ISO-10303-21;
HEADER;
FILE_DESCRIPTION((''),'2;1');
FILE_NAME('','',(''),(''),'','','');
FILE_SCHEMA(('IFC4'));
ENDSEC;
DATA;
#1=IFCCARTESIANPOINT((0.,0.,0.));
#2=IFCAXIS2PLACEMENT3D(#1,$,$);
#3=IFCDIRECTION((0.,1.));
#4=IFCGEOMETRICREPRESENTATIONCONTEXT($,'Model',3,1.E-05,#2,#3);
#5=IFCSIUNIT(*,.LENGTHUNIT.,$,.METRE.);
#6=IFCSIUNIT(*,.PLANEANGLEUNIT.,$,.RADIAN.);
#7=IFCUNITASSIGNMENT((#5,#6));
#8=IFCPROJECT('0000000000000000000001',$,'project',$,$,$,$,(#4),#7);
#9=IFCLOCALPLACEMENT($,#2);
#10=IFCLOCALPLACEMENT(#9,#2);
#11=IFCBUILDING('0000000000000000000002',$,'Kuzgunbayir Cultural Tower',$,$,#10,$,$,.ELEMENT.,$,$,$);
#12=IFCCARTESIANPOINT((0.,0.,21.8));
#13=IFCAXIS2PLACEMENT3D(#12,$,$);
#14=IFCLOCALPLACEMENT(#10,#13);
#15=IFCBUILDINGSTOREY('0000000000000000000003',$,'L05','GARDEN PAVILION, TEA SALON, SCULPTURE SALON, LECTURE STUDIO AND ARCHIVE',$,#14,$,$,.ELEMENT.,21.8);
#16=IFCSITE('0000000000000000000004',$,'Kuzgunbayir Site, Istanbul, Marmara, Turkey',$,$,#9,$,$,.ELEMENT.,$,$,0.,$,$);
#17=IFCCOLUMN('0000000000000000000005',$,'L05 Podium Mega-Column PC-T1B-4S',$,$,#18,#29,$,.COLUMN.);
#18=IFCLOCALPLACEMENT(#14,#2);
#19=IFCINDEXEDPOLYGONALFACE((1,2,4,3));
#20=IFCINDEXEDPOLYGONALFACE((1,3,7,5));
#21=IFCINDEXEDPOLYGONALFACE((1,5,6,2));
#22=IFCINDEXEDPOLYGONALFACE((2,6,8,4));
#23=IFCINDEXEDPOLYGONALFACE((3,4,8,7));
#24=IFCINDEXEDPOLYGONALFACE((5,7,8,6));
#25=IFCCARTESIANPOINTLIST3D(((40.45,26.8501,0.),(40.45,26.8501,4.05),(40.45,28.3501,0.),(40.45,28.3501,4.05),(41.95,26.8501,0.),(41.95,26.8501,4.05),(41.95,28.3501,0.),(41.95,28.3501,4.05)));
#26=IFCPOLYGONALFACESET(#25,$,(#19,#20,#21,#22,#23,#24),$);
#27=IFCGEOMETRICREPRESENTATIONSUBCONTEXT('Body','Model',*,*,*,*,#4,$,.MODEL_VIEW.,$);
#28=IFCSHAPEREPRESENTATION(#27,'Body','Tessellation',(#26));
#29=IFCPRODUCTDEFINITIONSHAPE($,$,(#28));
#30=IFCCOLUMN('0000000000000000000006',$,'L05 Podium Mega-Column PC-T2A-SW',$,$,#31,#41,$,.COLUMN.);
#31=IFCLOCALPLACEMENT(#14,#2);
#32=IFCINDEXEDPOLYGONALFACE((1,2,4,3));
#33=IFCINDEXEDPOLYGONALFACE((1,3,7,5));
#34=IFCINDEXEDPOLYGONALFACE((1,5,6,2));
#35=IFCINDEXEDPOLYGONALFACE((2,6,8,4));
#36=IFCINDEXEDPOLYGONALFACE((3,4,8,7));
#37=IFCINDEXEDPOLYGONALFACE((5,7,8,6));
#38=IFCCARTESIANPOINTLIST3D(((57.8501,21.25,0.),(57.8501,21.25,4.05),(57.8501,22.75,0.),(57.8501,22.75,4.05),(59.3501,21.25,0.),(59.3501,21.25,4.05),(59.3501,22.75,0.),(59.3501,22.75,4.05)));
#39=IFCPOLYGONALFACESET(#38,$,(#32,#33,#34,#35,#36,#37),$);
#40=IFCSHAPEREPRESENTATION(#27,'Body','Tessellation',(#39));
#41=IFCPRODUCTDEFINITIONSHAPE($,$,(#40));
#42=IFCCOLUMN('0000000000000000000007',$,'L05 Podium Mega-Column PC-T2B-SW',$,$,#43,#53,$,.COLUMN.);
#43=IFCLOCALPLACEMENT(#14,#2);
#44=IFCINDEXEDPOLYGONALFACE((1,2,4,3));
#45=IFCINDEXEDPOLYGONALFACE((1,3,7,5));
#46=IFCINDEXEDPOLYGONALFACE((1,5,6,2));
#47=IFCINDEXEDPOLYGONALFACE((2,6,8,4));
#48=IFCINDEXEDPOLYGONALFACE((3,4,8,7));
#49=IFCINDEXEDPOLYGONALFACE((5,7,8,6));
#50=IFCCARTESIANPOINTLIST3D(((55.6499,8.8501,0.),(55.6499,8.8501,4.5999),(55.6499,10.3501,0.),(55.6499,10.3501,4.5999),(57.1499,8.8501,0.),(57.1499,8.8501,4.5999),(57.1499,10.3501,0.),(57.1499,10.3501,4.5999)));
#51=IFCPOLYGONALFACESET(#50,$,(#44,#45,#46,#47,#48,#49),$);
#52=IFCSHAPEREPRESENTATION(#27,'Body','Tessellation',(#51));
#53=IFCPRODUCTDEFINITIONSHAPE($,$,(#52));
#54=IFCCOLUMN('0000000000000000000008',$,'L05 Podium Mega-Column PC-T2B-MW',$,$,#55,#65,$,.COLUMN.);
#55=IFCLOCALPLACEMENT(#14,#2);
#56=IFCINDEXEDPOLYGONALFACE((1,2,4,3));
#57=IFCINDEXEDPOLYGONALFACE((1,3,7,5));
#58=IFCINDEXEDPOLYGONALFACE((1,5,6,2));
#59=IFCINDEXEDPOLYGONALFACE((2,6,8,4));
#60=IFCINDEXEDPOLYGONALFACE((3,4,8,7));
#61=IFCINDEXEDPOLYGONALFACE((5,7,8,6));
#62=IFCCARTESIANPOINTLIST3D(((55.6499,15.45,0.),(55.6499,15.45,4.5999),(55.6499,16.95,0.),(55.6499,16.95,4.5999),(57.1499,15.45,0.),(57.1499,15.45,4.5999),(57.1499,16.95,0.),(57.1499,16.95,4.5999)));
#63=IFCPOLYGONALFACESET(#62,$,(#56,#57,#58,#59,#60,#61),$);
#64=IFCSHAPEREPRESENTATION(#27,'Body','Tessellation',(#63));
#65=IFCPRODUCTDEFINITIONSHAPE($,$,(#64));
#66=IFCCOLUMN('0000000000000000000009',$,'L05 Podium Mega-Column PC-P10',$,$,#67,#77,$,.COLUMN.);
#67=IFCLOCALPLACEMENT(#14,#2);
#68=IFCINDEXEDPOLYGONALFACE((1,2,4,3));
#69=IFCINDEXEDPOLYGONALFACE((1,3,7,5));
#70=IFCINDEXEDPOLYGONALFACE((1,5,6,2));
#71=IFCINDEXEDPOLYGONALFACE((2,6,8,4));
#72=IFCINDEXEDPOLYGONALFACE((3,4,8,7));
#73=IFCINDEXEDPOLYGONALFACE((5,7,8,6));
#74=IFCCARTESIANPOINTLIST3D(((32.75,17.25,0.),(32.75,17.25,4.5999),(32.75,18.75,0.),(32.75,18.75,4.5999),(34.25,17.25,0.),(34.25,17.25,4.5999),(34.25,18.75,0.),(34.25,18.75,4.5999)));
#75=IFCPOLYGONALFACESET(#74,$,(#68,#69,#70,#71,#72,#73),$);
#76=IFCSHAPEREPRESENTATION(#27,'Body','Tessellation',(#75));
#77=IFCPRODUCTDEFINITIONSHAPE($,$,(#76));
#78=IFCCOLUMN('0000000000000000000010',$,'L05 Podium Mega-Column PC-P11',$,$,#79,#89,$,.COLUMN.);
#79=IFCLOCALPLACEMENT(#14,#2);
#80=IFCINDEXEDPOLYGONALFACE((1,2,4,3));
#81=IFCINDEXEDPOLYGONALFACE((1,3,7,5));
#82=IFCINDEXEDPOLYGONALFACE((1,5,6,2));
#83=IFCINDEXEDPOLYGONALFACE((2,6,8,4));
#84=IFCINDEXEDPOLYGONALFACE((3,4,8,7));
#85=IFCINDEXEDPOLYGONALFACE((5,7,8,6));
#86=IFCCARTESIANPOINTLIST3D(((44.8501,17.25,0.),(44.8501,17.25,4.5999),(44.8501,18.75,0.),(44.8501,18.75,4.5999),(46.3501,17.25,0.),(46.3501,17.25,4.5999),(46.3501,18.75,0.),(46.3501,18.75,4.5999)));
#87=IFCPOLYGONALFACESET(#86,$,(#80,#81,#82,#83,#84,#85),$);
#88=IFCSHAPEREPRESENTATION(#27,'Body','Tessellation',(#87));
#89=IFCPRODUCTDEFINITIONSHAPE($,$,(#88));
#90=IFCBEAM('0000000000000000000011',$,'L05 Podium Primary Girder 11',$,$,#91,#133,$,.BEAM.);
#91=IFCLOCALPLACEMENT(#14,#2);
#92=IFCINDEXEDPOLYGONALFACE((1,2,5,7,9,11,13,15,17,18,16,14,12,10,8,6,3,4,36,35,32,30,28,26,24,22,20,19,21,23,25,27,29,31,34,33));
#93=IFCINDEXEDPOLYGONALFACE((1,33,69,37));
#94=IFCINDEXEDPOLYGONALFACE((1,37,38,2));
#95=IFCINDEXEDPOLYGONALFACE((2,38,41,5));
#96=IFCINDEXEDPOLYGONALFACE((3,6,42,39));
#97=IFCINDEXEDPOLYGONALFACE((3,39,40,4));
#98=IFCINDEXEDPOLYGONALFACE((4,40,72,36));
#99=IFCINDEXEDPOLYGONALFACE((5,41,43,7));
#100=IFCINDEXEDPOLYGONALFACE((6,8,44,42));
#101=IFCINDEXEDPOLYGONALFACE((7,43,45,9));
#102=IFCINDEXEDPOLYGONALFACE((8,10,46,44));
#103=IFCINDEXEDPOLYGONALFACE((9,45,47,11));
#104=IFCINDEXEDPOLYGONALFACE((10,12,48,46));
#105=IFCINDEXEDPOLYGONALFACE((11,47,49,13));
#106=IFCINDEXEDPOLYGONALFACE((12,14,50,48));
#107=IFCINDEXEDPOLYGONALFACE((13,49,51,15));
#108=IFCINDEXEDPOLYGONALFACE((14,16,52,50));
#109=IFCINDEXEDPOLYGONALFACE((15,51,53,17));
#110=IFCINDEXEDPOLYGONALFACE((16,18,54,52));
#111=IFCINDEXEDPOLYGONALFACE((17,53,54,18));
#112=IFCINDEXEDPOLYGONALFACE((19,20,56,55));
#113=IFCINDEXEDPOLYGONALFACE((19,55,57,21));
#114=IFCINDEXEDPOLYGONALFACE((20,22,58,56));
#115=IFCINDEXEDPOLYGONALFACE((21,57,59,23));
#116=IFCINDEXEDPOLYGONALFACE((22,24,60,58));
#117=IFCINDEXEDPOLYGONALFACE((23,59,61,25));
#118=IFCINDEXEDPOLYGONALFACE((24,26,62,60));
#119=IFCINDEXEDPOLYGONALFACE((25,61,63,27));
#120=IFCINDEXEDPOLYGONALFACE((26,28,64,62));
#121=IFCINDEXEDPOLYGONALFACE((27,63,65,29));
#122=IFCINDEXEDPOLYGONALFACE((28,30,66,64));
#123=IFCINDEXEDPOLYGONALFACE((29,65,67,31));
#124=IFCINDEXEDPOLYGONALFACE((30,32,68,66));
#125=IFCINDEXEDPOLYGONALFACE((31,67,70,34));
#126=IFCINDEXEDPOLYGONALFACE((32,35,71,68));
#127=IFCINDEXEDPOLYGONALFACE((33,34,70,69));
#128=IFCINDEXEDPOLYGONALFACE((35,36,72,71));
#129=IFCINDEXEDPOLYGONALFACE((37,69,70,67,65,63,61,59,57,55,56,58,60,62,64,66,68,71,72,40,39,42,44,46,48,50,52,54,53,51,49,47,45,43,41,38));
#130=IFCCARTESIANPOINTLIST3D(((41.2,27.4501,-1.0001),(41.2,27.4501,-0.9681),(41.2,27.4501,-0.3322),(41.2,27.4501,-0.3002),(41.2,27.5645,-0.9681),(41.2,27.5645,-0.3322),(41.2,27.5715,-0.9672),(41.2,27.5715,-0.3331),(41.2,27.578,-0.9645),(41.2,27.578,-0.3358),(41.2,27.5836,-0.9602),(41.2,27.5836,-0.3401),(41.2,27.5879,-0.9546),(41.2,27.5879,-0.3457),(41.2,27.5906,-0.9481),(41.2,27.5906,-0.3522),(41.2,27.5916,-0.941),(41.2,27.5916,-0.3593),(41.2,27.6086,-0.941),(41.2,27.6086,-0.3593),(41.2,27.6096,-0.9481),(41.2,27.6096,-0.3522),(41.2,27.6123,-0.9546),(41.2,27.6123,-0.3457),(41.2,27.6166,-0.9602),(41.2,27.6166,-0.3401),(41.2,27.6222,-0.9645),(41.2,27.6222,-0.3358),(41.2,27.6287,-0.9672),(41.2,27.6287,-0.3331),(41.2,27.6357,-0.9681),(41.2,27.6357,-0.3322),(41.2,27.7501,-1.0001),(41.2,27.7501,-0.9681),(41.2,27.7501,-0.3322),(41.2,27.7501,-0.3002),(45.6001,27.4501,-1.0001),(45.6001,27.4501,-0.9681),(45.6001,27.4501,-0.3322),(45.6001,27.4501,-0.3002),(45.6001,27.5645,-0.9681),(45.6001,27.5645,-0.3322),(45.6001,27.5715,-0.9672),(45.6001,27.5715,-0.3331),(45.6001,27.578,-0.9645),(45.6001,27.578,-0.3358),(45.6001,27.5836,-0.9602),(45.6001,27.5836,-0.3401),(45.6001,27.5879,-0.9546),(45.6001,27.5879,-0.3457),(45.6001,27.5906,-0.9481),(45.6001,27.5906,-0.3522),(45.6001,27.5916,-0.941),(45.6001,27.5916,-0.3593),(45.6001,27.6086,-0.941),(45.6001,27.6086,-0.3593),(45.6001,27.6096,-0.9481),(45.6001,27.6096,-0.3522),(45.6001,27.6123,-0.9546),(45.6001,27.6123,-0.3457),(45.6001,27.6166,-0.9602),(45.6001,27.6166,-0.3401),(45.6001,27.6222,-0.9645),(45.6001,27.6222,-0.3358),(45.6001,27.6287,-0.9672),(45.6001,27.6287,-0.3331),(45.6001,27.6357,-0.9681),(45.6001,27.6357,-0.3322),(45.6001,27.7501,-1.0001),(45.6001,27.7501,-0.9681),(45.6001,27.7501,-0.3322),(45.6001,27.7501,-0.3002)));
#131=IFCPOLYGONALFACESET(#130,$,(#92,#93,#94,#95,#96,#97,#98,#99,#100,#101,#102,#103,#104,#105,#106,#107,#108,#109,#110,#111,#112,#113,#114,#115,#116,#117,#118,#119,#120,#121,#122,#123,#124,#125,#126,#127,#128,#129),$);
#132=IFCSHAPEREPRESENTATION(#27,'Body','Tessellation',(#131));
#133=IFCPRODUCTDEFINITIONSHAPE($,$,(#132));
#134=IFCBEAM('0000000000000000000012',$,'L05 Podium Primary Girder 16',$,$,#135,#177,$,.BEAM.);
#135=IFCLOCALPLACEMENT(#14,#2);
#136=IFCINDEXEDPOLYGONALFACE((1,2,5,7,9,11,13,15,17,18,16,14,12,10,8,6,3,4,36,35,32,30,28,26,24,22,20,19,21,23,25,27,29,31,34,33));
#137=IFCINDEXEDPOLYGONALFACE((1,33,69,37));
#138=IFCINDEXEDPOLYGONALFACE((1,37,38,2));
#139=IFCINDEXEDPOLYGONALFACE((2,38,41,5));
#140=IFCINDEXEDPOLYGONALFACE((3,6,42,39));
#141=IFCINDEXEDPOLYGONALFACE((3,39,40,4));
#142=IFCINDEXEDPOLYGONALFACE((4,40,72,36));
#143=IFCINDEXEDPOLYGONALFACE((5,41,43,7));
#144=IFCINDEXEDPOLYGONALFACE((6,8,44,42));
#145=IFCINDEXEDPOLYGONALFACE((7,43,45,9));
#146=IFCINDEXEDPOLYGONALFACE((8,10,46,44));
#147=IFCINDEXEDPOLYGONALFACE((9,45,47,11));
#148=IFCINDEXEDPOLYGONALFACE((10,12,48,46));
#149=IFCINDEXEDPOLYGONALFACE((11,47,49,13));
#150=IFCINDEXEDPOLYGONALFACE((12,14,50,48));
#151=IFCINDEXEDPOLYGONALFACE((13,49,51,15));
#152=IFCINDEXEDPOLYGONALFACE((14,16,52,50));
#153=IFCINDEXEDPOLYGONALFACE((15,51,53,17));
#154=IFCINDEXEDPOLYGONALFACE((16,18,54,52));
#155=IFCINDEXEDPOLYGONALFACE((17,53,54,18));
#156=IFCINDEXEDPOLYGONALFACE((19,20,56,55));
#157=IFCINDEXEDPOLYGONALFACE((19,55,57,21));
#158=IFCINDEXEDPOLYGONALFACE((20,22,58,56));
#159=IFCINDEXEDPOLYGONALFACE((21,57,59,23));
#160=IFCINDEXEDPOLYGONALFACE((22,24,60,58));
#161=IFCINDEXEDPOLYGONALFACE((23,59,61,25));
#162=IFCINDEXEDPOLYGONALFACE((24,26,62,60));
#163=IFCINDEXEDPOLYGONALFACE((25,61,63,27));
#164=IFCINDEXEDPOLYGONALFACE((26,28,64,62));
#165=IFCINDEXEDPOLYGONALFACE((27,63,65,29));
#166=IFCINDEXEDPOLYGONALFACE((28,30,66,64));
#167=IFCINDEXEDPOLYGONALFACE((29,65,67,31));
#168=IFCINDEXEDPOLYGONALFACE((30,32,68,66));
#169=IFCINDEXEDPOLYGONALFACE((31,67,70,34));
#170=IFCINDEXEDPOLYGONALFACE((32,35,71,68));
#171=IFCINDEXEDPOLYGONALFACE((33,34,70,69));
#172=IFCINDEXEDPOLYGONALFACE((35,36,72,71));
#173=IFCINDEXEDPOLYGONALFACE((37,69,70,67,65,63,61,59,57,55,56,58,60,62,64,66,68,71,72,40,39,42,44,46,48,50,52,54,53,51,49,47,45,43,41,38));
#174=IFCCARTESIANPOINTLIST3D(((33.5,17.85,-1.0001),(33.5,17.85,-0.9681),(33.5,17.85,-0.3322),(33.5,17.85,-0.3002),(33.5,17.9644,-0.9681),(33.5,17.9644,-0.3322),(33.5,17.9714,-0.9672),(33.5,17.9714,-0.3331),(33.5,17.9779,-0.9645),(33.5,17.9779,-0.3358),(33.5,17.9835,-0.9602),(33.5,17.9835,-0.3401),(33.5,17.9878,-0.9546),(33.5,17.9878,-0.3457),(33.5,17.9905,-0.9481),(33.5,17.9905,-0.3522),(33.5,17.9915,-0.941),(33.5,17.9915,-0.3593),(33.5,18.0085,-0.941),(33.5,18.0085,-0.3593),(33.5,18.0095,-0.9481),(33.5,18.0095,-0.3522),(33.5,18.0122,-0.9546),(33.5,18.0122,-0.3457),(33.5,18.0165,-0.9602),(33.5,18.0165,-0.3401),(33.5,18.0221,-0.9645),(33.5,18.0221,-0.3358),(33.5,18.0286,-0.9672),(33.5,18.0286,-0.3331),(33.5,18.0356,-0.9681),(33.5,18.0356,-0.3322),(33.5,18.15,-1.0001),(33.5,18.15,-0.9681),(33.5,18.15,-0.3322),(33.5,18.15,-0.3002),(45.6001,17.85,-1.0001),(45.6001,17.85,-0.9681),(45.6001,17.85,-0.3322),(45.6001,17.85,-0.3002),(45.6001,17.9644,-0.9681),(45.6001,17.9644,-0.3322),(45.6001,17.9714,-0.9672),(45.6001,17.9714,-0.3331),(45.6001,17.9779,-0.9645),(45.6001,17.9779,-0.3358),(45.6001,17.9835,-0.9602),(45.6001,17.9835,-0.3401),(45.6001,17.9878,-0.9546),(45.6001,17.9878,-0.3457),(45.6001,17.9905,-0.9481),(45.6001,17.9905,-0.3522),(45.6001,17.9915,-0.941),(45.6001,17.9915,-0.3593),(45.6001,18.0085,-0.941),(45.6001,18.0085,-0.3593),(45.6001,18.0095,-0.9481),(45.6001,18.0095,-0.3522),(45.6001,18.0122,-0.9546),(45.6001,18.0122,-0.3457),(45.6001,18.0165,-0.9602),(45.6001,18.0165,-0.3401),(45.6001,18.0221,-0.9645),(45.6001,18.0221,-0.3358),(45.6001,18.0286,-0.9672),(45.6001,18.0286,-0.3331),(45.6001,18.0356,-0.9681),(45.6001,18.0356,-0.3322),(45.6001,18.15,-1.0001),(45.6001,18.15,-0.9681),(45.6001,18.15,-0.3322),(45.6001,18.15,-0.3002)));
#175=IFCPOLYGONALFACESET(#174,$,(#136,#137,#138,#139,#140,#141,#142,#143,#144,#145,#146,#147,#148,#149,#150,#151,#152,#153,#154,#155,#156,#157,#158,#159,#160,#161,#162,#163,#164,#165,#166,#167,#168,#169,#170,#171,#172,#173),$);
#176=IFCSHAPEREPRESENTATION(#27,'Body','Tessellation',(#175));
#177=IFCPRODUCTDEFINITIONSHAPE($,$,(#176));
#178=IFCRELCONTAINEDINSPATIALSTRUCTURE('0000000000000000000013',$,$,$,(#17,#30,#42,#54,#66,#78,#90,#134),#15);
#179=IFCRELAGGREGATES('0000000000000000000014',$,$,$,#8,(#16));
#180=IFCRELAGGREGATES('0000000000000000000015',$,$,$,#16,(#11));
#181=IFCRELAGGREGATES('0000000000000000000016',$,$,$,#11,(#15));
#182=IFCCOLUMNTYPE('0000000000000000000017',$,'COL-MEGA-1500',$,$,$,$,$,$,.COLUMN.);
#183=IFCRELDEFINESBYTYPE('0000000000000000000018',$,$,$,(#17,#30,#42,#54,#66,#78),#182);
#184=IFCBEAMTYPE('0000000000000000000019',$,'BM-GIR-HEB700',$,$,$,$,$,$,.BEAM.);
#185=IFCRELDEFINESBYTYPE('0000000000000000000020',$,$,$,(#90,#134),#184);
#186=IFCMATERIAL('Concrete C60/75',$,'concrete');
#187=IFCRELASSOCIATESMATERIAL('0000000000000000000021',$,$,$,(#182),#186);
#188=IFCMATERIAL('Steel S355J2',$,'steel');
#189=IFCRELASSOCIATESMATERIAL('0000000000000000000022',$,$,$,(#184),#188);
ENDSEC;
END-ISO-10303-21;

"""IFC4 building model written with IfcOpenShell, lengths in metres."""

from ifc_helpers import new_model, si_unit, direction, frame, origin, origin_2d, place, context, subcontext, project, spatial, rectangle, i_section, extrude, material, material_profile, profile_set, type_object, element, save


model = new_model("IFC4")

# Units and contexts
model_context = context("Model", 3, precision=1e-05, world=origin(), true_north=direction((0.0, 1.0)))
body_context = subcontext(model_context, "Body", "Model", "MODEL_VIEW")
ifc_project = project(units=[si_unit("LENGTHUNIT", "METRE"), si_unit("PLANEANGLEUNIT", "RADIAN")], contexts=[model_context])

# Site, building, storey
site_placement = place(None, origin())
site = spatial("IfcSite", under=ifc_project, at=site_placement, Name="Kuzgunbayir Site, Istanbul, Marmara, Turkey", CompositionType="ELEMENT", RefElevation=0.0)
building_placement = place(site_placement, origin())
building = spatial("IfcBuilding", under=site, at=building_placement, Name="Kuzgunbayir Cultural Tower", CompositionType="ELEMENT")
storey_placement = place(building_placement, frame((0.0, 0.0, 21.8)))
storey = spatial("IfcBuildingStorey", under=building, at=storey_placement, Name="L05", Description="GARDEN PAVILION, TEA SALON, SCULPTURE SALON, LECTURE STUDIO AND ARCHIVE", CompositionType="ELEMENT", Elevation=21.8)

# Columns
ifc_material_1 = material(Name="Concrete C60/75", Category="concrete")
ifc_material_profile_1 = material_profile(ifc_material_1, rectangle(XDim=1.5, YDim=1.5, at=origin_2d()), Name="RC 1500x1500")
ifc_profile_set_1 = profile_set([ifc_material_profile_1], Name="Concrete C60/75")
column_type = type_object("IfcColumnType", Name="COL-MEGA-1500", PredefinedType="COLUMN", material=ifc_profile_set_1)
for number, where, z_axis, x_axis, name in (
    (1, (41.2, 27.6001, 0.0), (0.0, 0.0, 1.0), (1.0, 0.0, 0.0), "L05 Podium Mega-Column PC-T1B-4S"),
    (2, (58.6001, 22.0, 0.0), (0.0, 0.0, 1.0), (1.0, 0.0, 0.0), "L05 Podium Mega-Column PC-T2A-SW"),
):
    element("IfcColumn", number, at=place(storey_placement, frame(where, z_axis=z_axis, x_axis=x_axis)), inside=storey, type_object=column_type, Name=name, PredefinedType="COLUMN", context=body_context, shape_type="SweptSolid", body=[
        extrude(rectangle(XDim=1.5, YDim=1.5, at=origin_2d()), origin(), (0.0, 0.0, 1.0), 4.05),
    ])
for number, where, z_axis, x_axis, name in (
    (3, (56.3999, 9.6001, 0.0), (0.0, 0.0, 1.0), (1.0, 0.0, 0.0), "L05 Podium Mega-Column PC-T2B-SW"),
    (4, (56.3999, 16.2, 0.0), (0.0, 0.0, 1.0), (1.0, 0.0, 0.0), "L05 Podium Mega-Column PC-T2B-MW"),
    (5, (33.5, 18.0, 0.0), (0.0, 0.0, 1.0), (1.0, 0.0, 0.0), "L05 Podium Mega-Column PC-P10"),
    (6, (45.6001, 18.0, 0.0), (0.0, 0.0, 1.0), (1.0, 0.0, 0.0), "L05 Podium Mega-Column PC-P11"),
):
    element("IfcColumn", number, at=place(storey_placement, frame(where, z_axis=z_axis, x_axis=x_axis)), inside=storey, type_object=column_type, Name=name, PredefinedType="COLUMN", context=body_context, shape_type="SweptSolid", body=[
        extrude(rectangle(XDim=1.5, YDim=1.5, at=origin_2d()), origin(), (0.0, 0.0, 1.0), 4.5999),
    ])

# Beams
ifc_material_2 = material(Name="Steel S355J2", Category="steel")
ifc_material_profile_2 = material_profile(ifc_material_2, i_section(OverallWidth=0.3, OverallDepth=0.7, WebThickness=0.0171, FlangeThickness=0.032, FilletRadius=0.0271, at=origin_2d()), Name="HEB 700")
ifc_profile_set_2 = profile_set([ifc_material_profile_2], Name="Steel S355J2")
beam_type = type_object("IfcBeamType", Name="BM-GIR-HEB700", PredefinedType="BEAM", material=ifc_profile_set_2)
beam_1_placement = place(storey_placement, frame((41.2, 27.6001, -0.6501), z_axis=(1.0, 0.0, 0.0), x_axis=(0.0, 1.0, 0.0)))
element("IfcBeam", 7, at=beam_1_placement, inside=storey, type_object=beam_type, Name="L05 Podium Primary Girder 11", PredefinedType="BEAM", context=body_context, shape_type="SweptSolid", body=[
    extrude(i_section(OverallWidth=0.3, OverallDepth=0.7, WebThickness=0.0171, FlangeThickness=0.032, FilletRadius=0.0271, at=origin_2d()), origin(), (0.0, 0.0, 1.0), 4.4001),
])
beam_2_placement = place(storey_placement, frame((33.5, 18.0, -0.6501), z_axis=(1.0, 0.0, 0.0), x_axis=(0.0, 1.0, 0.0)))
element("IfcBeam", 8, at=beam_2_placement, inside=storey, type_object=beam_type, Name="L05 Podium Primary Girder 16", PredefinedType="BEAM", context=body_context, shape_type="SweptSolid", body=[
    extrude(i_section(OverallWidth=0.3, OverallDepth=0.7, WebThickness=0.0171, FlangeThickness=0.032, FilletRadius=0.0271, at=origin_2d()), origin(), (0.0, 0.0, 1.0), 12.1001),
])

save(model, "model.ifc")
